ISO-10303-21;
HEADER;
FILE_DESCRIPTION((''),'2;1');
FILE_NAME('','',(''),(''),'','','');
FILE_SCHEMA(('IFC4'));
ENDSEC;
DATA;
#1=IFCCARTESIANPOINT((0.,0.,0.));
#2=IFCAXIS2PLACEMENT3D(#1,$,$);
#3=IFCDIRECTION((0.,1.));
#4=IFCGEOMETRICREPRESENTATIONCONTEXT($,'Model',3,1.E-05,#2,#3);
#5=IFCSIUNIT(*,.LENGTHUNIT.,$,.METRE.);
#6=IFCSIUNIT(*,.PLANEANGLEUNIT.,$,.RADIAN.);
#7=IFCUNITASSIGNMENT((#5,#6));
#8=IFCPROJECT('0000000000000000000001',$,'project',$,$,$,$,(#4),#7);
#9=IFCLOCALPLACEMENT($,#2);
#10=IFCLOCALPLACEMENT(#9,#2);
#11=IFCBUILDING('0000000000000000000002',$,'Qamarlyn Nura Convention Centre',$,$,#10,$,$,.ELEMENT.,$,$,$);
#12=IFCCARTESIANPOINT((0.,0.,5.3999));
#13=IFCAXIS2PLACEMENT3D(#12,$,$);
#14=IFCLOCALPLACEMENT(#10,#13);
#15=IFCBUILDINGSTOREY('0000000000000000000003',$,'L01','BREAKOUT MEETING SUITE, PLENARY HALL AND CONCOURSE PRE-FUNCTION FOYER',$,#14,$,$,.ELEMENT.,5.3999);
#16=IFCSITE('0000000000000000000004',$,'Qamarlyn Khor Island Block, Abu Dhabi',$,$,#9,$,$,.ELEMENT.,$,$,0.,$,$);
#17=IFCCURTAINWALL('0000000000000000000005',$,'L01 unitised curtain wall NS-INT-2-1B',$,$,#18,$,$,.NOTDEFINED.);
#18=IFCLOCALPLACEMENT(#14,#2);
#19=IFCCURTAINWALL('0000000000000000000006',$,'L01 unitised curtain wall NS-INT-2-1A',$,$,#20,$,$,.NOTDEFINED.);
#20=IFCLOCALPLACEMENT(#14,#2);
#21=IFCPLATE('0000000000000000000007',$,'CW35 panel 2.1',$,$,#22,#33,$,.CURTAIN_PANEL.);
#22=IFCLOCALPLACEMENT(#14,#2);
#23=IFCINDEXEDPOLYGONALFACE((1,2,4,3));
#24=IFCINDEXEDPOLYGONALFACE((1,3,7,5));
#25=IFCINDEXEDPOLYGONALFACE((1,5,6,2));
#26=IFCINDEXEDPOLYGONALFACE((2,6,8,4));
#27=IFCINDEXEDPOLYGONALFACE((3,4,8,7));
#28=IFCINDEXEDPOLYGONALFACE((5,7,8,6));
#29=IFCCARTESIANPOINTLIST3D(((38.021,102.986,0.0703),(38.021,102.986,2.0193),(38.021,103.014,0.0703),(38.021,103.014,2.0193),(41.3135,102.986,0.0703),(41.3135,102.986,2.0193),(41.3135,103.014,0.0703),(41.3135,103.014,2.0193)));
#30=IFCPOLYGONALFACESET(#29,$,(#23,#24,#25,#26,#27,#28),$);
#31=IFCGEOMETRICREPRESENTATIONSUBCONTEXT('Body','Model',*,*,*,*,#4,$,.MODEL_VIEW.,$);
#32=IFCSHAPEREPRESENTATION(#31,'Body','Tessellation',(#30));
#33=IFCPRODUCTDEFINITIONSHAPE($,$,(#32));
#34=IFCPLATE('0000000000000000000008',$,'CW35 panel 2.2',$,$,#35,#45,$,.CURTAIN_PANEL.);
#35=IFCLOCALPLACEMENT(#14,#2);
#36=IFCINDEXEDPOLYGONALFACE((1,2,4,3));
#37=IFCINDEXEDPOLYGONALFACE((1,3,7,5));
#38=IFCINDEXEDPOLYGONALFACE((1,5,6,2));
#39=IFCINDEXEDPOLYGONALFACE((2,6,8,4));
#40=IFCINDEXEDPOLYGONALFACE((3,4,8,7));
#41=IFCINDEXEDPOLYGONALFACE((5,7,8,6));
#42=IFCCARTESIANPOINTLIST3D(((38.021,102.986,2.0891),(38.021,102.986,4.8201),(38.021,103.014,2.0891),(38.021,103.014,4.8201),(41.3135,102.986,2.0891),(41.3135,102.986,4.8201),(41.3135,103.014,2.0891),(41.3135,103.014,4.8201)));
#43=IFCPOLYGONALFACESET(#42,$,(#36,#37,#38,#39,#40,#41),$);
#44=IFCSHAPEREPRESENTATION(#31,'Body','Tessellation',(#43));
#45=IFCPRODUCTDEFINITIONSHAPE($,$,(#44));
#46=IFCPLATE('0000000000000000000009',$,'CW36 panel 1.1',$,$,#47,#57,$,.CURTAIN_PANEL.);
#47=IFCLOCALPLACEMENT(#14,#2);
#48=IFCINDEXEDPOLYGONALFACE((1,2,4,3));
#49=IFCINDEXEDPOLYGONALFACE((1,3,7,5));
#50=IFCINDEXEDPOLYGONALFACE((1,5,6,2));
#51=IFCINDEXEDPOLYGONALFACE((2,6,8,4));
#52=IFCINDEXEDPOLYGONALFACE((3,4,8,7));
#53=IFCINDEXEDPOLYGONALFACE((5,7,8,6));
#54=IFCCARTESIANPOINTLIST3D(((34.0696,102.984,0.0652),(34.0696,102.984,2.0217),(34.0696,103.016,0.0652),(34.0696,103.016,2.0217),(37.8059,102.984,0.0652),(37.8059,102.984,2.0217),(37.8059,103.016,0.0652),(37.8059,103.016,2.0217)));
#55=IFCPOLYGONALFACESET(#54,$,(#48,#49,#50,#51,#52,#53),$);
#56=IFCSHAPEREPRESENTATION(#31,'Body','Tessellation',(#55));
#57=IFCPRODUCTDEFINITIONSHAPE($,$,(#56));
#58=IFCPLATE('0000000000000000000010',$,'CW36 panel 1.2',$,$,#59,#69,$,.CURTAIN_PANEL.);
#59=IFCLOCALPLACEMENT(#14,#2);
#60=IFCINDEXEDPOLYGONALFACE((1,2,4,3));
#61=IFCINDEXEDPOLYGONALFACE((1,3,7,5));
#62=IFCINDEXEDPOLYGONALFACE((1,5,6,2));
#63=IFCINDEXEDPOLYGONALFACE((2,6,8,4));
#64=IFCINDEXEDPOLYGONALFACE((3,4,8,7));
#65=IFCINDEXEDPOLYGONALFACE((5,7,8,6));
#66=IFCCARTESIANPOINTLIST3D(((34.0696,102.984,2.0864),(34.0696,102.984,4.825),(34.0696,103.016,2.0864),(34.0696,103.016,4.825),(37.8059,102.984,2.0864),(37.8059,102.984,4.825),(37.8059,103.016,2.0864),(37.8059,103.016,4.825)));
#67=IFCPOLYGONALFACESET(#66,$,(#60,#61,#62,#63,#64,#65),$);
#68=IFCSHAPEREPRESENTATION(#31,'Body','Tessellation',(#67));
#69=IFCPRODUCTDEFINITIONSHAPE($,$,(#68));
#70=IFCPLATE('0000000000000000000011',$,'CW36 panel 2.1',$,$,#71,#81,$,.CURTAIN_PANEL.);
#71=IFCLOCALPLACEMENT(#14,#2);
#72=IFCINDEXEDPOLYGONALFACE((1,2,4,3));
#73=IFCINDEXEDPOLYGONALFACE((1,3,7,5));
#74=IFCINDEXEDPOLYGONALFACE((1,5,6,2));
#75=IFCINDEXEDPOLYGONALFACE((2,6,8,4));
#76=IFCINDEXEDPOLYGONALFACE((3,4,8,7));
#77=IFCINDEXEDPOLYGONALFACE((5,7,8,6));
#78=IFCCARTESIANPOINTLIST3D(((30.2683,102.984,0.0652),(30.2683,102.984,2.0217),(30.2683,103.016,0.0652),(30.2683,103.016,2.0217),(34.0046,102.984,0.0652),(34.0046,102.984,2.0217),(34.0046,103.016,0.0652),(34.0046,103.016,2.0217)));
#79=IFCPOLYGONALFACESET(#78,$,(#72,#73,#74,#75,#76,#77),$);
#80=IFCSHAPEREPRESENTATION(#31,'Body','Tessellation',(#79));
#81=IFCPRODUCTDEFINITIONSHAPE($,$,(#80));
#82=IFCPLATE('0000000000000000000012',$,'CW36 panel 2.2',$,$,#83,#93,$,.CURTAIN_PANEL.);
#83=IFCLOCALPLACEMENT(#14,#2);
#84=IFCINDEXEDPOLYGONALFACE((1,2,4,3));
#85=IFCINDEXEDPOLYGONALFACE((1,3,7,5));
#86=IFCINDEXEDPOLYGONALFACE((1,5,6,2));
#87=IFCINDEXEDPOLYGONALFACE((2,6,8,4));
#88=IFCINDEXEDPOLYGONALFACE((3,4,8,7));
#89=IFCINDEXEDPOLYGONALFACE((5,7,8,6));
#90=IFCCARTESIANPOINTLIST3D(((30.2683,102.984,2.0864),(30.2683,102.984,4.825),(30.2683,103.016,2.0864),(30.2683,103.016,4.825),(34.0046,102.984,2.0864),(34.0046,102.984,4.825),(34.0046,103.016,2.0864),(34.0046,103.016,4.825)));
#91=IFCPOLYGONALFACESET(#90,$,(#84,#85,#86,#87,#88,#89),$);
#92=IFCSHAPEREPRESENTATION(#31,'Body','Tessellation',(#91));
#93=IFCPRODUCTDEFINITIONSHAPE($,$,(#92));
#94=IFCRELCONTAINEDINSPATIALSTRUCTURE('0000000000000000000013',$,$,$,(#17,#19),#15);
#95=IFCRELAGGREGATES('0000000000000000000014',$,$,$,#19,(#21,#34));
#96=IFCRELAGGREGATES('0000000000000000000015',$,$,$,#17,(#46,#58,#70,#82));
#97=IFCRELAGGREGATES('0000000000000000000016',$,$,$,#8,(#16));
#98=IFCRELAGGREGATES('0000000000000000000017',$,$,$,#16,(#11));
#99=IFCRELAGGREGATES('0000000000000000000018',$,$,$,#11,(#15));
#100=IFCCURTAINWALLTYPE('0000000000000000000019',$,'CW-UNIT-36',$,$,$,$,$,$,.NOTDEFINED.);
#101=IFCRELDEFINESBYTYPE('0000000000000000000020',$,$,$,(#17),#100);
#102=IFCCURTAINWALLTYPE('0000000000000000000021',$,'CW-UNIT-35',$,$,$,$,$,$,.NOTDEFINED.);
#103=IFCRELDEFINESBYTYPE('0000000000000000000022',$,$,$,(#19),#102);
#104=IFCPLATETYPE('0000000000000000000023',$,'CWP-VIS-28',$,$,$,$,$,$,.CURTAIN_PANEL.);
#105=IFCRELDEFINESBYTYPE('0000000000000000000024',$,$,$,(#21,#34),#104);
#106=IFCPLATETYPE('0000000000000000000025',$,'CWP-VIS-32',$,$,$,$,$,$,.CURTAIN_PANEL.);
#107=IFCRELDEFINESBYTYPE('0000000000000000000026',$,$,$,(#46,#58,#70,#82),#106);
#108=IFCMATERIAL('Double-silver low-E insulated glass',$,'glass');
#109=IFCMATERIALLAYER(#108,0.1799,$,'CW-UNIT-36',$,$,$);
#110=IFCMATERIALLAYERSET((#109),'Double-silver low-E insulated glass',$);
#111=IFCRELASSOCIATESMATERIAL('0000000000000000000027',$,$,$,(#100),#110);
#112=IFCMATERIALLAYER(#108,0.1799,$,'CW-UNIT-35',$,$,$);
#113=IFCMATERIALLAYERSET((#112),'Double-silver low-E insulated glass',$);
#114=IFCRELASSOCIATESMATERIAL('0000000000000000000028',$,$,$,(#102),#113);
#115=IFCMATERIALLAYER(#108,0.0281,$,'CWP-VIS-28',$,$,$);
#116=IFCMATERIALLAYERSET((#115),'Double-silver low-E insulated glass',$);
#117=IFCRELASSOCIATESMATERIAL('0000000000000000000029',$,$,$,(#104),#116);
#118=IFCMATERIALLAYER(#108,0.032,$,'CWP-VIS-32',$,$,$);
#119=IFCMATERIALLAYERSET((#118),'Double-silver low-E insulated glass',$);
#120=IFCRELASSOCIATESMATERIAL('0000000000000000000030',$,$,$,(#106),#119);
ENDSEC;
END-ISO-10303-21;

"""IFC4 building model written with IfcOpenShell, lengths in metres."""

from ifc_helpers import new_model, si_unit, direction, frame, origin, origin_2d, place, context, subcontext, project, spatial, rectangle, extrude, material, layer, layer_set, type_object, element, aggregate, save


model = new_model("IFC4")

# Units and contexts
model_context = context("Model", 3, precision=1e-05, world=origin(), true_north=direction((0.0, 1.0)))
body_context = subcontext(model_context, "Body", "Model", "MODEL_VIEW")
ifc_project = project(units=[si_unit("LENGTHUNIT", "METRE"), si_unit("PLANEANGLEUNIT", "RADIAN")], contexts=[model_context])

# Site, building, storey
site_placement = place(None, origin())
site = spatial("IfcSite", under=ifc_project, at=site_placement, Name="Qamarlyn Khor Island Block, Abu Dhabi", CompositionType="ELEMENT", RefElevation=0.0)
building_placement = place(site_placement, origin())
building = spatial("IfcBuilding", under=site, at=building_placement, Name="Qamarlyn Nura Convention Centre", CompositionType="ELEMENT")
storey_placement = place(building_placement, frame((0.0, 0.0, 5.3999)))
storey = spatial("IfcBuildingStorey", under=building, at=storey_placement, Name="L01", Description="BREAKOUT MEETING SUITE, PLENARY HALL AND CONCOURSE PRE-FUNCTION FOYER", CompositionType="ELEMENT", Elevation=5.3999)

# Shared definitions
ifc_material_1 = material(Name="Double-silver low-E insulated glass", Category="glass")

# Curtain walls
ifc_layer_1 = layer(ifc_material_1, 0.1799, Name="CW-UNIT-36")
ifc_layer_set_1 = layer_set([ifc_layer_1], Name="Double-silver low-E insulated glass")
curtain_wall_type_1 = type_object("IfcCurtainWallType", Name="CW-UNIT-36", PredefinedType="NOTDEFINED", material=ifc_layer_set_1)
curtain_wall_1_placement = place(storey_placement, origin())
curtain_wall_1 = element("IfcCurtainWall", 1, at=curtain_wall_1_placement, inside=storey, type_object=curtain_wall_type_1, Name="L01 unitised curtain wall NS-INT-2-1B", PredefinedType="NOTDEFINED")
ifc_layer_2 = layer(ifc_material_1, 0.1799, Name="CW-UNIT-35")
ifc_layer_set_2 = layer_set([ifc_layer_2], Name="Double-silver low-E insulated glass")
curtain_wall_type_2 = type_object("IfcCurtainWallType", Name="CW-UNIT-35", PredefinedType="NOTDEFINED", material=ifc_layer_set_2)
curtain_wall_2_placement = place(storey_placement, origin())
curtain_wall_2 = element("IfcCurtainWall", 2, at=curtain_wall_2_placement, inside=storey, type_object=curtain_wall_type_2, Name="L01 unitised curtain wall NS-INT-2-1A", PredefinedType="NOTDEFINED")

# Plates
ifc_layer_3 = layer(ifc_material_1, 0.0281, Name="CWP-VIS-28")
ifc_layer_set_3 = layer_set([ifc_layer_3], Name="Double-silver low-E insulated glass")
plate_type_1 = type_object("IfcPlateType", Name="CWP-VIS-28", PredefinedType="CURTAIN_PANEL", material=ifc_layer_set_3)
plate_1_placement = place(storey_placement, frame((39.6672, 103.0, 0.0703), z_axis=(0.0, 0.0, 1.0), x_axis=(-1.0, 0.0, 0.0)))
plate_1 = element("IfcPlate", 3, at=plate_1_placement, type_object=plate_type_1, Name="CW35 panel 2.1", PredefinedType="CURTAIN_PANEL", context=body_context, shape_type="SweptSolid", body=[
    extrude(rectangle(XDim=3.2925, YDim=0.0281, at=origin_2d()), origin(), (0.0, 0.0, 1.0), 1.949),
])
plate_2_placement = place(storey_placement, frame((39.6672, 103.0, 2.0891), z_axis=(0.0, 0.0, 1.0), x_axis=(-1.0, 0.0, 0.0)))
plate_2 = element("IfcPlate", 4, at=plate_2_placement, type_object=plate_type_1, Name="CW35 panel 2.2", PredefinedType="CURTAIN_PANEL", context=body_context, shape_type="SweptSolid", body=[
    extrude(rectangle(XDim=3.2925, YDim=0.0281, at=origin_2d()), origin(), (0.0, 0.0, 1.0), 2.731),
])
aggregate(curtain_wall_2, [plate_1, plate_2])
ifc_layer_4 = layer(ifc_material_1, 0.032, Name="CWP-VIS-32")
ifc_layer_set_4 = layer_set([ifc_layer_4], Name="Double-silver low-E insulated glass")
plate_type_2 = type_object("IfcPlateType", Name="CWP-VIS-32", PredefinedType="CURTAIN_PANEL", material=ifc_layer_set_4)
plate_3_placement = place(storey_placement, frame((35.9377, 103.0, 0.0652), z_axis=(0.0, 0.0, 1.0), x_axis=(-1.0, 0.0, 0.0)))
plate_3 = element("IfcPlate", 5, at=plate_3_placement, type_object=plate_type_2, Name="CW36 panel 1.1", PredefinedType="CURTAIN_PANEL", context=body_context, shape_type="SweptSolid", body=[
    extrude(rectangle(XDim=3.7363, YDim=0.032, at=origin_2d()), origin(), (0.0, 0.0, 1.0), 1.9565),
])
plate_4_placement = place(storey_placement, frame((35.9377, 103.0, 2.0864), z_axis=(0.0, 0.0, 1.0), x_axis=(-1.0, 0.0, 0.0)))
plate_4 = element("IfcPlate", 6, at=plate_4_placement, type_object=plate_type_2, Name="CW36 panel 1.2", PredefinedType="CURTAIN_PANEL", context=body_context, shape_type="SweptSolid", body=[
    extrude(rectangle(XDim=3.7363, YDim=0.032, at=origin_2d()), origin(), (0.0, 0.0, 1.0), 2.7385),
])
plate_5_placement = place(storey_placement, frame((32.1365, 103.0, 0.0652), z_axis=(0.0, 0.0, 1.0), x_axis=(-1.0, 0.0, 0.0)))
plate_5 = element("IfcPlate", 7, at=plate_5_placement, type_object=plate_type_2, Name="CW36 panel 2.1", PredefinedType="CURTAIN_PANEL", context=body_context, shape_type="SweptSolid", body=[
    extrude(rectangle(XDim=3.7363, YDim=0.032, at=origin_2d()), origin(), (0.0, 0.0, 1.0), 1.9565),
])
plate_6_placement = place(storey_placement, frame((32.1365, 103.0, 2.0864), z_axis=(0.0, 0.0, 1.0), x_axis=(-1.0, 0.0, 0.0)))
plate_6 = element("IfcPlate", 8, at=plate_6_placement, type_object=plate_type_2, Name="CW36 panel 2.2", PredefinedType="CURTAIN_PANEL", context=body_context, shape_type="SweptSolid", body=[
    extrude(rectangle(XDim=3.7363, YDim=0.032, at=origin_2d()), origin(), (0.0, 0.0, 1.0), 2.7385),
])
aggregate(curtain_wall_1, [plate_3, plate_4, plate_5, plate_6])

save(model, "model.ifc")
